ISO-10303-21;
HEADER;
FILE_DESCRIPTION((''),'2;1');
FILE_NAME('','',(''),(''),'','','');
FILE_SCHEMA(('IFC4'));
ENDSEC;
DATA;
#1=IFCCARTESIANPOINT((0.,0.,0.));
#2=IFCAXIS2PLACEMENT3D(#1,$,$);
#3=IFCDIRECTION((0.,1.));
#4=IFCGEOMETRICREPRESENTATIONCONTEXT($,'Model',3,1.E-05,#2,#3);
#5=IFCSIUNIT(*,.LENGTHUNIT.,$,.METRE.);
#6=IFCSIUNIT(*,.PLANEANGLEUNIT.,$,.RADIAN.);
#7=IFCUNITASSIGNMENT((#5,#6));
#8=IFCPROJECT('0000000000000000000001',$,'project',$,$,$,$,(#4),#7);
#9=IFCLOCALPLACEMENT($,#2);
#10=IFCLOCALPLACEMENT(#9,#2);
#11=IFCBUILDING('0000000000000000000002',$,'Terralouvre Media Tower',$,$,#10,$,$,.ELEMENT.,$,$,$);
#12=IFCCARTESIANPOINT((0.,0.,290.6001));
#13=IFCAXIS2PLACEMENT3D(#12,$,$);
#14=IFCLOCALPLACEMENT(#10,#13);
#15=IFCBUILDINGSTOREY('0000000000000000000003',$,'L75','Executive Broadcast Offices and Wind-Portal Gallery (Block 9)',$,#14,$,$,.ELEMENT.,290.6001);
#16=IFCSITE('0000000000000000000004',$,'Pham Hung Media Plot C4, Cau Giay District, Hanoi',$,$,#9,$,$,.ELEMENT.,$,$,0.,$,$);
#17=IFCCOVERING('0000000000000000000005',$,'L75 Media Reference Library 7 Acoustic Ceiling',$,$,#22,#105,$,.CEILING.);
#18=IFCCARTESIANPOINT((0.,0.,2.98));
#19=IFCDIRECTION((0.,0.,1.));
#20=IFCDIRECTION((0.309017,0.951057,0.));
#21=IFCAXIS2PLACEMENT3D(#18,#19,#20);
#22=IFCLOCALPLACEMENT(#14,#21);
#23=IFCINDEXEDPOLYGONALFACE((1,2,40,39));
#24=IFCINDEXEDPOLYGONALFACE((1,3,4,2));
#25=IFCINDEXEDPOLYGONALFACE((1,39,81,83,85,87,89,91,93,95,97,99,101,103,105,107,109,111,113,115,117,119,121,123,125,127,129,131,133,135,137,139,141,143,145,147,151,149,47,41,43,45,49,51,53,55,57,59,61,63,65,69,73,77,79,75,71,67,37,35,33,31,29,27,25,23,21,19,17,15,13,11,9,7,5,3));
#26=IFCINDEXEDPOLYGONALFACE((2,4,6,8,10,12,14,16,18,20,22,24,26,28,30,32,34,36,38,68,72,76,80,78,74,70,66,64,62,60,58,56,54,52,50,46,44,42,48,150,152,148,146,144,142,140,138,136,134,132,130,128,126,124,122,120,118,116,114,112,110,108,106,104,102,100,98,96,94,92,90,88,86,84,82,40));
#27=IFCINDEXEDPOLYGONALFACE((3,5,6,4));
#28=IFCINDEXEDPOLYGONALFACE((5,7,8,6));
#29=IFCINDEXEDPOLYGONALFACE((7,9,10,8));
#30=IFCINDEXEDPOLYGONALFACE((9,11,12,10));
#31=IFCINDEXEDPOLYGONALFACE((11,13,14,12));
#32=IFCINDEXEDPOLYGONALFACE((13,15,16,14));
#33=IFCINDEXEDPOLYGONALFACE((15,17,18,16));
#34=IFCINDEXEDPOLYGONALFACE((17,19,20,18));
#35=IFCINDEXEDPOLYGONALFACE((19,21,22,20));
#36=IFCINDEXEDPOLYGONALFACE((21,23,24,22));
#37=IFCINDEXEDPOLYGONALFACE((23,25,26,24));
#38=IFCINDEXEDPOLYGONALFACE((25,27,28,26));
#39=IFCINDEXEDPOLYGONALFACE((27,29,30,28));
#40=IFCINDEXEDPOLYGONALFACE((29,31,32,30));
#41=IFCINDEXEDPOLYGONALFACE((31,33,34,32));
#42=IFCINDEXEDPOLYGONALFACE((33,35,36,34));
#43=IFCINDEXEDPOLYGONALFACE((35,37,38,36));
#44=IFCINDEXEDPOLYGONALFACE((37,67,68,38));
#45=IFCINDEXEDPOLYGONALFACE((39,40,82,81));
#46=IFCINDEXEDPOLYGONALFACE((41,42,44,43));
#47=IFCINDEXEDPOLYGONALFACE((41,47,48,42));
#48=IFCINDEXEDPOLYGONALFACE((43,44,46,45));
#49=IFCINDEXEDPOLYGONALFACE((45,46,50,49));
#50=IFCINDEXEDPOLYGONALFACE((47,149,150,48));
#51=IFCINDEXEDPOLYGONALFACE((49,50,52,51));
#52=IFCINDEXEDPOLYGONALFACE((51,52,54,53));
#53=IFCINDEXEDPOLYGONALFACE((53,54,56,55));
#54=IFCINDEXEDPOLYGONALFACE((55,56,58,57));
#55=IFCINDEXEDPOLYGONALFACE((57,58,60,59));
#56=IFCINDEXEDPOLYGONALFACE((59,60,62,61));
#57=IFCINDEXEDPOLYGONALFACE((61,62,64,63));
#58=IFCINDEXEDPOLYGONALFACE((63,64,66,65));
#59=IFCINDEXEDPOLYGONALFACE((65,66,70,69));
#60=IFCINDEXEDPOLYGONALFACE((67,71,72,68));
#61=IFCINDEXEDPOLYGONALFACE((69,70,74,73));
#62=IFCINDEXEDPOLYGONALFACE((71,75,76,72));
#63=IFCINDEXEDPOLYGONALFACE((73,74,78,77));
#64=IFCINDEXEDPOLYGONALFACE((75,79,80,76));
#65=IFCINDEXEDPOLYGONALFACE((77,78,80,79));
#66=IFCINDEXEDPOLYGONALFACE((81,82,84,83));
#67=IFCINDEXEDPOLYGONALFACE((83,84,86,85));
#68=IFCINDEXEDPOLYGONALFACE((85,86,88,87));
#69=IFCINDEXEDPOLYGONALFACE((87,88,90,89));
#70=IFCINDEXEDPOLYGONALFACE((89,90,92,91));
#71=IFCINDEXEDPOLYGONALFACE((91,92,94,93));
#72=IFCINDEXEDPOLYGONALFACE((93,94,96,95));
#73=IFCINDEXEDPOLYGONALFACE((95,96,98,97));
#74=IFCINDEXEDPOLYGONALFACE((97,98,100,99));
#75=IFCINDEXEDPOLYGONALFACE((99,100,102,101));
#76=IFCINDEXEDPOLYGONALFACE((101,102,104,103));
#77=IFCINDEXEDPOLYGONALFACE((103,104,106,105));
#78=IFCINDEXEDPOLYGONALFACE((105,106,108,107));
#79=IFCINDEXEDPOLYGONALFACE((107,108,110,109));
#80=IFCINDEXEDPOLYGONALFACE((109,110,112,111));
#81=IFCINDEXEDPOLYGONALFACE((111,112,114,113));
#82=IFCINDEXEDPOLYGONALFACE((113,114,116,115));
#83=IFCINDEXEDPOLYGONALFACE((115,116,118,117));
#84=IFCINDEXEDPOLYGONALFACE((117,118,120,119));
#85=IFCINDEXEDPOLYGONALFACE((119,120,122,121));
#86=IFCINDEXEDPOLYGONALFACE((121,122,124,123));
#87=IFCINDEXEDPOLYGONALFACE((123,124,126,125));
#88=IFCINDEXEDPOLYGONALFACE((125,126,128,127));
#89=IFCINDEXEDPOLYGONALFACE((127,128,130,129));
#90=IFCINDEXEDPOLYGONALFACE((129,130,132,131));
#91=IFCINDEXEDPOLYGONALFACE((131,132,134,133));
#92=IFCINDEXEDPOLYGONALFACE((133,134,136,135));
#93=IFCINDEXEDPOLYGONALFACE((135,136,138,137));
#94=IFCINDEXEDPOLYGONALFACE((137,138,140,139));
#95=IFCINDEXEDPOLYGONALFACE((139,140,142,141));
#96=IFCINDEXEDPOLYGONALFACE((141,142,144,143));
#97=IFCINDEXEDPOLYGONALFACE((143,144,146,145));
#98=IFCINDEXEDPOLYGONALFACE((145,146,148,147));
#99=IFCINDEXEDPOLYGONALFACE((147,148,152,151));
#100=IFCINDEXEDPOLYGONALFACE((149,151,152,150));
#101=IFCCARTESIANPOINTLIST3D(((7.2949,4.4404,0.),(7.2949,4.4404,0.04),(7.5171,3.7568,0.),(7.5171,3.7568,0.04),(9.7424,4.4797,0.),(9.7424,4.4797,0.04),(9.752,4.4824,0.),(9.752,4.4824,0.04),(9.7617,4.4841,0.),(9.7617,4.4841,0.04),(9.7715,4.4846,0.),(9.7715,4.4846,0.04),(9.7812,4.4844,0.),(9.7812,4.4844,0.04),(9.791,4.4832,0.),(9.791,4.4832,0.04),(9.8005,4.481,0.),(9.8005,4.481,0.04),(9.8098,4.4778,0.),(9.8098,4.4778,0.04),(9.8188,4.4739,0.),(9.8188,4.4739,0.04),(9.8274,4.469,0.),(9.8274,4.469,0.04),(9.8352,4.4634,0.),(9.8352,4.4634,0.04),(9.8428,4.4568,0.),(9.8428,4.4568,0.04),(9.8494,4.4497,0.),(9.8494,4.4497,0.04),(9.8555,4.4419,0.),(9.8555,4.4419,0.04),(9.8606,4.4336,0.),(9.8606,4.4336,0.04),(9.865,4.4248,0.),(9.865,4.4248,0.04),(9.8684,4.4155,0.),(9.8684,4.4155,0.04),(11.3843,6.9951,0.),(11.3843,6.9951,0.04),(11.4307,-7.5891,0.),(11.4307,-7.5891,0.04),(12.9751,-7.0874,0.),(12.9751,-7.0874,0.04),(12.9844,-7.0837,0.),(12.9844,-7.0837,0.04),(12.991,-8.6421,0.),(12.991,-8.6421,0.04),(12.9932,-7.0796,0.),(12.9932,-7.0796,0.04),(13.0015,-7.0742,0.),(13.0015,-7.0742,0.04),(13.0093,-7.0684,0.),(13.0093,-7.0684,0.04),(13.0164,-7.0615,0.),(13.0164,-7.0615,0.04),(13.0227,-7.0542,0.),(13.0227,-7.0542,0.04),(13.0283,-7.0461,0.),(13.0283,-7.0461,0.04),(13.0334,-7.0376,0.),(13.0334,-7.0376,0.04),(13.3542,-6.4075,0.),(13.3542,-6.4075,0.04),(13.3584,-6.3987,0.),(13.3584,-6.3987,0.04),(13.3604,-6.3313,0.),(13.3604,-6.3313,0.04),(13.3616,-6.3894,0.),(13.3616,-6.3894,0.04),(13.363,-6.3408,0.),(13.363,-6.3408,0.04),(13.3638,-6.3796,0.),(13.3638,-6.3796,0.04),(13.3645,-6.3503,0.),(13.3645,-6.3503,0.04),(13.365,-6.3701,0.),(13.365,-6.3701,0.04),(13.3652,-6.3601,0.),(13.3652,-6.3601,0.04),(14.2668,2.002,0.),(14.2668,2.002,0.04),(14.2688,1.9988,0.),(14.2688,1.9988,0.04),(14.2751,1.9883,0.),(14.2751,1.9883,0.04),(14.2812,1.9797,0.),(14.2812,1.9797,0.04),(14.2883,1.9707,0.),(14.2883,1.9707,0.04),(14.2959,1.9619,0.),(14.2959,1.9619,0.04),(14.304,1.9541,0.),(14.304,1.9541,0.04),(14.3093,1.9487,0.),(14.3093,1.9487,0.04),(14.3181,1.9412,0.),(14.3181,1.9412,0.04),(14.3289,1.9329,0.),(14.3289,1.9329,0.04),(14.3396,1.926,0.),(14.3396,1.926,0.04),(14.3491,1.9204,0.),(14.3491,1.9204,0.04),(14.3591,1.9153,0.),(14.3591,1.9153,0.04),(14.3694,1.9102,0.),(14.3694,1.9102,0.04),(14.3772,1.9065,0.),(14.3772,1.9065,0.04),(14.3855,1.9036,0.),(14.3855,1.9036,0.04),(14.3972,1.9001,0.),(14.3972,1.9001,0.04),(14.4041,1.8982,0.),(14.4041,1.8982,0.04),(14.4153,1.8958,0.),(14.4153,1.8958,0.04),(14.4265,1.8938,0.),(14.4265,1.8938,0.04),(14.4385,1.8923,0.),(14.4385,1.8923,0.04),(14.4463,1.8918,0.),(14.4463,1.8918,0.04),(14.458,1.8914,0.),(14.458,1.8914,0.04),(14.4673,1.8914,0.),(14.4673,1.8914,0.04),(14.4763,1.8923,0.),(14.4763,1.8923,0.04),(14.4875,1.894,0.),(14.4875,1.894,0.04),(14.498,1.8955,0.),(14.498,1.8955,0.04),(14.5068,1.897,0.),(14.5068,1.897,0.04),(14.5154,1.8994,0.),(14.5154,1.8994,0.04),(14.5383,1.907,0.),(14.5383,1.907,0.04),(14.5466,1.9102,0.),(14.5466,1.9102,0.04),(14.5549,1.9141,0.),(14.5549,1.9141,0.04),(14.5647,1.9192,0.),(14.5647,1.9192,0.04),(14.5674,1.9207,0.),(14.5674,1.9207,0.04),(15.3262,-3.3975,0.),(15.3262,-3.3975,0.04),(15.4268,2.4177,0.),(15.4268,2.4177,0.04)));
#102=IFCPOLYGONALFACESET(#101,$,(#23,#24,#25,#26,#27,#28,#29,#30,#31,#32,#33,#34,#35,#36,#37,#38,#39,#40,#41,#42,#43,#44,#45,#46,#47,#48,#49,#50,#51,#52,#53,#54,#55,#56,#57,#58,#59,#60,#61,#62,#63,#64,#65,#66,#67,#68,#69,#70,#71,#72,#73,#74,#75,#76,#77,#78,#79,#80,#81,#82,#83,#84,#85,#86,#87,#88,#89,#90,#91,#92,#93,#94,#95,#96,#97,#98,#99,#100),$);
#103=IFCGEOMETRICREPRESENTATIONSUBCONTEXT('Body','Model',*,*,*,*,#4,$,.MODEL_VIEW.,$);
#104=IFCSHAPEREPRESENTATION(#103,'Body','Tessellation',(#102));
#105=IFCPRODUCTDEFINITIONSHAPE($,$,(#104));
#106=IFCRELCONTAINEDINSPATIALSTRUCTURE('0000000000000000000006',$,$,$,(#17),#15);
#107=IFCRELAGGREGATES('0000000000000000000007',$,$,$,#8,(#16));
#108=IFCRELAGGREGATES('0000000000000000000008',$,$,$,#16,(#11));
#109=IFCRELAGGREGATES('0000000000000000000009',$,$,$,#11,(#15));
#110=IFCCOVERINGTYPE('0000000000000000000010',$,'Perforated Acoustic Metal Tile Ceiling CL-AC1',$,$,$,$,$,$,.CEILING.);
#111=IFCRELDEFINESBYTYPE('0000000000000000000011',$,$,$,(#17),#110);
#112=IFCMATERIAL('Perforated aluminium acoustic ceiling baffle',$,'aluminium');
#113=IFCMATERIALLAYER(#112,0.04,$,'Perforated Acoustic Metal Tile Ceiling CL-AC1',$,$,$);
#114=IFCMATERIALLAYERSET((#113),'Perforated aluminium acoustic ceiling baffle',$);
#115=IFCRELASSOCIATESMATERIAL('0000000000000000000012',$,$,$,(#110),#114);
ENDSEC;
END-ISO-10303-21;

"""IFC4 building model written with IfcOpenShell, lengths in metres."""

from ifc_helpers import new_model, si_unit, direction, frame, origin, place, context, subcontext, project, spatial, polyline, outline, extrude, material, layer, layer_set, type_object, element, save


model = new_model("IFC4")

# Units and contexts
model_context = context("Model", 3, precision=1e-05, world=origin(), true_north=direction((0.0, 1.0)))
body_context = subcontext(model_context, "Body", "Model", "MODEL_VIEW")
ifc_project = project(units=[si_unit("LENGTHUNIT", "METRE"), si_unit("PLANEANGLEUNIT", "RADIAN")], contexts=[model_context])

# Site, building, storey
site_placement = place(None, origin())
site = spatial("IfcSite", under=ifc_project, at=site_placement, Name="Pham Hung Media Plot C4, Cau Giay District, Hanoi", CompositionType="ELEMENT", RefElevation=0.0)
building_placement = place(site_placement, origin())
building = spatial("IfcBuilding", under=site, at=building_placement, Name="Terralouvre Media Tower", CompositionType="ELEMENT")
storey_placement = place(building_placement, frame((0.0, 0.0, 290.6001)))
storey = spatial("IfcBuildingStorey", under=building, at=storey_placement, Name="L75", Description="Executive Broadcast Offices and Wind-Portal Gallery (Block 9)", CompositionType="ELEMENT", Elevation=290.6001)

# Covering
ifc_material_1 = material(Name="Perforated aluminium acoustic ceiling baffle", Category="aluminium")
ifc_layer_1 = layer(ifc_material_1, 0.04, Name="Perforated Acoustic Metal Tile Ceiling CL-AC1")
ifc_layer_set_1 = layer_set([ifc_layer_1], Name="Perforated aluminium acoustic ceiling baffle")
covering_type = type_object("IfcCoveringType", Name="Perforated Acoustic Metal Tile Ceiling CL-AC1", PredefinedType="CEILING", material=ifc_layer_set_1)
covering_1_placement = place(storey_placement, frame((0.0, 0.0, 2.98), z_axis=(0.0, 0.0, 1.0), x_axis=(0.309017, 0.951057, 0.0)))
element("IfcCovering", 1, at=covering_1_placement, inside=storey, type_object=covering_type, Name="L75 Media Reference Library 7 Acoustic Ceiling", PredefinedType="CEILING", context=body_context, shape_type="SweptSolid", body=[
    extrude(outline(polyline([(7.5171, 3.7568), (9.7424, 4.4797), (9.752, 4.4824), (9.7617, 4.4841), (9.7715, 4.4846), (9.7812, 4.4844), (9.791, 4.4832), (9.8005, 4.481), (9.8098, 4.4778), (9.8188, 4.4739), (9.8274, 4.469), (9.8352, 4.4634), (9.8428, 4.4568), (9.8494, 4.4497), (9.8555, 4.4419), (9.8606, 4.4336), (9.865, 4.4248), (9.8684, 4.4155), (13.3604, -6.3313), (13.363, -6.3408), (13.3645, -6.3503), (13.3652, -6.3601), (13.365, -6.3701), (13.3638, -6.3796), (13.3616, -6.3894), (13.3584, -6.3987), (13.3542, -6.4075), (13.0334, -7.0376), (13.0283, -7.0461), (13.0227, -7.0542), (13.0164, -7.0615), (13.0093, -7.0684), (13.0015, -7.0742), (12.9932, -7.0796), (12.9844, -7.0837), (12.9751, -7.0874), (11.4307, -7.5891), (12.991, -8.6421), (15.3262, -3.3975), (15.4268, 2.4177), (14.5674, 1.9207), (14.5647, 1.9192), (14.5549, 1.9141), (14.5466, 1.9102), (14.5383, 1.907), (14.5154, 1.8994), (14.5068, 1.897), (14.498, 1.8955), (14.4875, 1.894), (14.4763, 1.8923), (14.4673, 1.8914), (14.458, 1.8914), (14.4463, 1.8918), (14.4385, 1.8923), (14.4265, 1.8938), (14.4153, 1.8958), (14.4041, 1.8982), (14.3972, 1.9001), (14.3855, 1.9036), (14.3772, 1.9065), (14.3694, 1.9102), (14.3591, 1.9153), (14.3491, 1.9204), (14.3396, 1.926), (14.3289, 1.9329), (14.3181, 1.9412), (14.3093, 1.9487), (14.304, 1.9541), (14.2959, 1.9619), (14.2883, 1.9707), (14.2812, 1.9797), (14.2751, 1.9883), (14.2688, 1.9988), (14.2668, 2.002), (11.3843, 6.9951), (7.2949, 4.4404), (7.5171, 3.7568)])), origin(), (0.0, 0.0, 1.0), 0.04),
])

save(model, "model.ifc")
